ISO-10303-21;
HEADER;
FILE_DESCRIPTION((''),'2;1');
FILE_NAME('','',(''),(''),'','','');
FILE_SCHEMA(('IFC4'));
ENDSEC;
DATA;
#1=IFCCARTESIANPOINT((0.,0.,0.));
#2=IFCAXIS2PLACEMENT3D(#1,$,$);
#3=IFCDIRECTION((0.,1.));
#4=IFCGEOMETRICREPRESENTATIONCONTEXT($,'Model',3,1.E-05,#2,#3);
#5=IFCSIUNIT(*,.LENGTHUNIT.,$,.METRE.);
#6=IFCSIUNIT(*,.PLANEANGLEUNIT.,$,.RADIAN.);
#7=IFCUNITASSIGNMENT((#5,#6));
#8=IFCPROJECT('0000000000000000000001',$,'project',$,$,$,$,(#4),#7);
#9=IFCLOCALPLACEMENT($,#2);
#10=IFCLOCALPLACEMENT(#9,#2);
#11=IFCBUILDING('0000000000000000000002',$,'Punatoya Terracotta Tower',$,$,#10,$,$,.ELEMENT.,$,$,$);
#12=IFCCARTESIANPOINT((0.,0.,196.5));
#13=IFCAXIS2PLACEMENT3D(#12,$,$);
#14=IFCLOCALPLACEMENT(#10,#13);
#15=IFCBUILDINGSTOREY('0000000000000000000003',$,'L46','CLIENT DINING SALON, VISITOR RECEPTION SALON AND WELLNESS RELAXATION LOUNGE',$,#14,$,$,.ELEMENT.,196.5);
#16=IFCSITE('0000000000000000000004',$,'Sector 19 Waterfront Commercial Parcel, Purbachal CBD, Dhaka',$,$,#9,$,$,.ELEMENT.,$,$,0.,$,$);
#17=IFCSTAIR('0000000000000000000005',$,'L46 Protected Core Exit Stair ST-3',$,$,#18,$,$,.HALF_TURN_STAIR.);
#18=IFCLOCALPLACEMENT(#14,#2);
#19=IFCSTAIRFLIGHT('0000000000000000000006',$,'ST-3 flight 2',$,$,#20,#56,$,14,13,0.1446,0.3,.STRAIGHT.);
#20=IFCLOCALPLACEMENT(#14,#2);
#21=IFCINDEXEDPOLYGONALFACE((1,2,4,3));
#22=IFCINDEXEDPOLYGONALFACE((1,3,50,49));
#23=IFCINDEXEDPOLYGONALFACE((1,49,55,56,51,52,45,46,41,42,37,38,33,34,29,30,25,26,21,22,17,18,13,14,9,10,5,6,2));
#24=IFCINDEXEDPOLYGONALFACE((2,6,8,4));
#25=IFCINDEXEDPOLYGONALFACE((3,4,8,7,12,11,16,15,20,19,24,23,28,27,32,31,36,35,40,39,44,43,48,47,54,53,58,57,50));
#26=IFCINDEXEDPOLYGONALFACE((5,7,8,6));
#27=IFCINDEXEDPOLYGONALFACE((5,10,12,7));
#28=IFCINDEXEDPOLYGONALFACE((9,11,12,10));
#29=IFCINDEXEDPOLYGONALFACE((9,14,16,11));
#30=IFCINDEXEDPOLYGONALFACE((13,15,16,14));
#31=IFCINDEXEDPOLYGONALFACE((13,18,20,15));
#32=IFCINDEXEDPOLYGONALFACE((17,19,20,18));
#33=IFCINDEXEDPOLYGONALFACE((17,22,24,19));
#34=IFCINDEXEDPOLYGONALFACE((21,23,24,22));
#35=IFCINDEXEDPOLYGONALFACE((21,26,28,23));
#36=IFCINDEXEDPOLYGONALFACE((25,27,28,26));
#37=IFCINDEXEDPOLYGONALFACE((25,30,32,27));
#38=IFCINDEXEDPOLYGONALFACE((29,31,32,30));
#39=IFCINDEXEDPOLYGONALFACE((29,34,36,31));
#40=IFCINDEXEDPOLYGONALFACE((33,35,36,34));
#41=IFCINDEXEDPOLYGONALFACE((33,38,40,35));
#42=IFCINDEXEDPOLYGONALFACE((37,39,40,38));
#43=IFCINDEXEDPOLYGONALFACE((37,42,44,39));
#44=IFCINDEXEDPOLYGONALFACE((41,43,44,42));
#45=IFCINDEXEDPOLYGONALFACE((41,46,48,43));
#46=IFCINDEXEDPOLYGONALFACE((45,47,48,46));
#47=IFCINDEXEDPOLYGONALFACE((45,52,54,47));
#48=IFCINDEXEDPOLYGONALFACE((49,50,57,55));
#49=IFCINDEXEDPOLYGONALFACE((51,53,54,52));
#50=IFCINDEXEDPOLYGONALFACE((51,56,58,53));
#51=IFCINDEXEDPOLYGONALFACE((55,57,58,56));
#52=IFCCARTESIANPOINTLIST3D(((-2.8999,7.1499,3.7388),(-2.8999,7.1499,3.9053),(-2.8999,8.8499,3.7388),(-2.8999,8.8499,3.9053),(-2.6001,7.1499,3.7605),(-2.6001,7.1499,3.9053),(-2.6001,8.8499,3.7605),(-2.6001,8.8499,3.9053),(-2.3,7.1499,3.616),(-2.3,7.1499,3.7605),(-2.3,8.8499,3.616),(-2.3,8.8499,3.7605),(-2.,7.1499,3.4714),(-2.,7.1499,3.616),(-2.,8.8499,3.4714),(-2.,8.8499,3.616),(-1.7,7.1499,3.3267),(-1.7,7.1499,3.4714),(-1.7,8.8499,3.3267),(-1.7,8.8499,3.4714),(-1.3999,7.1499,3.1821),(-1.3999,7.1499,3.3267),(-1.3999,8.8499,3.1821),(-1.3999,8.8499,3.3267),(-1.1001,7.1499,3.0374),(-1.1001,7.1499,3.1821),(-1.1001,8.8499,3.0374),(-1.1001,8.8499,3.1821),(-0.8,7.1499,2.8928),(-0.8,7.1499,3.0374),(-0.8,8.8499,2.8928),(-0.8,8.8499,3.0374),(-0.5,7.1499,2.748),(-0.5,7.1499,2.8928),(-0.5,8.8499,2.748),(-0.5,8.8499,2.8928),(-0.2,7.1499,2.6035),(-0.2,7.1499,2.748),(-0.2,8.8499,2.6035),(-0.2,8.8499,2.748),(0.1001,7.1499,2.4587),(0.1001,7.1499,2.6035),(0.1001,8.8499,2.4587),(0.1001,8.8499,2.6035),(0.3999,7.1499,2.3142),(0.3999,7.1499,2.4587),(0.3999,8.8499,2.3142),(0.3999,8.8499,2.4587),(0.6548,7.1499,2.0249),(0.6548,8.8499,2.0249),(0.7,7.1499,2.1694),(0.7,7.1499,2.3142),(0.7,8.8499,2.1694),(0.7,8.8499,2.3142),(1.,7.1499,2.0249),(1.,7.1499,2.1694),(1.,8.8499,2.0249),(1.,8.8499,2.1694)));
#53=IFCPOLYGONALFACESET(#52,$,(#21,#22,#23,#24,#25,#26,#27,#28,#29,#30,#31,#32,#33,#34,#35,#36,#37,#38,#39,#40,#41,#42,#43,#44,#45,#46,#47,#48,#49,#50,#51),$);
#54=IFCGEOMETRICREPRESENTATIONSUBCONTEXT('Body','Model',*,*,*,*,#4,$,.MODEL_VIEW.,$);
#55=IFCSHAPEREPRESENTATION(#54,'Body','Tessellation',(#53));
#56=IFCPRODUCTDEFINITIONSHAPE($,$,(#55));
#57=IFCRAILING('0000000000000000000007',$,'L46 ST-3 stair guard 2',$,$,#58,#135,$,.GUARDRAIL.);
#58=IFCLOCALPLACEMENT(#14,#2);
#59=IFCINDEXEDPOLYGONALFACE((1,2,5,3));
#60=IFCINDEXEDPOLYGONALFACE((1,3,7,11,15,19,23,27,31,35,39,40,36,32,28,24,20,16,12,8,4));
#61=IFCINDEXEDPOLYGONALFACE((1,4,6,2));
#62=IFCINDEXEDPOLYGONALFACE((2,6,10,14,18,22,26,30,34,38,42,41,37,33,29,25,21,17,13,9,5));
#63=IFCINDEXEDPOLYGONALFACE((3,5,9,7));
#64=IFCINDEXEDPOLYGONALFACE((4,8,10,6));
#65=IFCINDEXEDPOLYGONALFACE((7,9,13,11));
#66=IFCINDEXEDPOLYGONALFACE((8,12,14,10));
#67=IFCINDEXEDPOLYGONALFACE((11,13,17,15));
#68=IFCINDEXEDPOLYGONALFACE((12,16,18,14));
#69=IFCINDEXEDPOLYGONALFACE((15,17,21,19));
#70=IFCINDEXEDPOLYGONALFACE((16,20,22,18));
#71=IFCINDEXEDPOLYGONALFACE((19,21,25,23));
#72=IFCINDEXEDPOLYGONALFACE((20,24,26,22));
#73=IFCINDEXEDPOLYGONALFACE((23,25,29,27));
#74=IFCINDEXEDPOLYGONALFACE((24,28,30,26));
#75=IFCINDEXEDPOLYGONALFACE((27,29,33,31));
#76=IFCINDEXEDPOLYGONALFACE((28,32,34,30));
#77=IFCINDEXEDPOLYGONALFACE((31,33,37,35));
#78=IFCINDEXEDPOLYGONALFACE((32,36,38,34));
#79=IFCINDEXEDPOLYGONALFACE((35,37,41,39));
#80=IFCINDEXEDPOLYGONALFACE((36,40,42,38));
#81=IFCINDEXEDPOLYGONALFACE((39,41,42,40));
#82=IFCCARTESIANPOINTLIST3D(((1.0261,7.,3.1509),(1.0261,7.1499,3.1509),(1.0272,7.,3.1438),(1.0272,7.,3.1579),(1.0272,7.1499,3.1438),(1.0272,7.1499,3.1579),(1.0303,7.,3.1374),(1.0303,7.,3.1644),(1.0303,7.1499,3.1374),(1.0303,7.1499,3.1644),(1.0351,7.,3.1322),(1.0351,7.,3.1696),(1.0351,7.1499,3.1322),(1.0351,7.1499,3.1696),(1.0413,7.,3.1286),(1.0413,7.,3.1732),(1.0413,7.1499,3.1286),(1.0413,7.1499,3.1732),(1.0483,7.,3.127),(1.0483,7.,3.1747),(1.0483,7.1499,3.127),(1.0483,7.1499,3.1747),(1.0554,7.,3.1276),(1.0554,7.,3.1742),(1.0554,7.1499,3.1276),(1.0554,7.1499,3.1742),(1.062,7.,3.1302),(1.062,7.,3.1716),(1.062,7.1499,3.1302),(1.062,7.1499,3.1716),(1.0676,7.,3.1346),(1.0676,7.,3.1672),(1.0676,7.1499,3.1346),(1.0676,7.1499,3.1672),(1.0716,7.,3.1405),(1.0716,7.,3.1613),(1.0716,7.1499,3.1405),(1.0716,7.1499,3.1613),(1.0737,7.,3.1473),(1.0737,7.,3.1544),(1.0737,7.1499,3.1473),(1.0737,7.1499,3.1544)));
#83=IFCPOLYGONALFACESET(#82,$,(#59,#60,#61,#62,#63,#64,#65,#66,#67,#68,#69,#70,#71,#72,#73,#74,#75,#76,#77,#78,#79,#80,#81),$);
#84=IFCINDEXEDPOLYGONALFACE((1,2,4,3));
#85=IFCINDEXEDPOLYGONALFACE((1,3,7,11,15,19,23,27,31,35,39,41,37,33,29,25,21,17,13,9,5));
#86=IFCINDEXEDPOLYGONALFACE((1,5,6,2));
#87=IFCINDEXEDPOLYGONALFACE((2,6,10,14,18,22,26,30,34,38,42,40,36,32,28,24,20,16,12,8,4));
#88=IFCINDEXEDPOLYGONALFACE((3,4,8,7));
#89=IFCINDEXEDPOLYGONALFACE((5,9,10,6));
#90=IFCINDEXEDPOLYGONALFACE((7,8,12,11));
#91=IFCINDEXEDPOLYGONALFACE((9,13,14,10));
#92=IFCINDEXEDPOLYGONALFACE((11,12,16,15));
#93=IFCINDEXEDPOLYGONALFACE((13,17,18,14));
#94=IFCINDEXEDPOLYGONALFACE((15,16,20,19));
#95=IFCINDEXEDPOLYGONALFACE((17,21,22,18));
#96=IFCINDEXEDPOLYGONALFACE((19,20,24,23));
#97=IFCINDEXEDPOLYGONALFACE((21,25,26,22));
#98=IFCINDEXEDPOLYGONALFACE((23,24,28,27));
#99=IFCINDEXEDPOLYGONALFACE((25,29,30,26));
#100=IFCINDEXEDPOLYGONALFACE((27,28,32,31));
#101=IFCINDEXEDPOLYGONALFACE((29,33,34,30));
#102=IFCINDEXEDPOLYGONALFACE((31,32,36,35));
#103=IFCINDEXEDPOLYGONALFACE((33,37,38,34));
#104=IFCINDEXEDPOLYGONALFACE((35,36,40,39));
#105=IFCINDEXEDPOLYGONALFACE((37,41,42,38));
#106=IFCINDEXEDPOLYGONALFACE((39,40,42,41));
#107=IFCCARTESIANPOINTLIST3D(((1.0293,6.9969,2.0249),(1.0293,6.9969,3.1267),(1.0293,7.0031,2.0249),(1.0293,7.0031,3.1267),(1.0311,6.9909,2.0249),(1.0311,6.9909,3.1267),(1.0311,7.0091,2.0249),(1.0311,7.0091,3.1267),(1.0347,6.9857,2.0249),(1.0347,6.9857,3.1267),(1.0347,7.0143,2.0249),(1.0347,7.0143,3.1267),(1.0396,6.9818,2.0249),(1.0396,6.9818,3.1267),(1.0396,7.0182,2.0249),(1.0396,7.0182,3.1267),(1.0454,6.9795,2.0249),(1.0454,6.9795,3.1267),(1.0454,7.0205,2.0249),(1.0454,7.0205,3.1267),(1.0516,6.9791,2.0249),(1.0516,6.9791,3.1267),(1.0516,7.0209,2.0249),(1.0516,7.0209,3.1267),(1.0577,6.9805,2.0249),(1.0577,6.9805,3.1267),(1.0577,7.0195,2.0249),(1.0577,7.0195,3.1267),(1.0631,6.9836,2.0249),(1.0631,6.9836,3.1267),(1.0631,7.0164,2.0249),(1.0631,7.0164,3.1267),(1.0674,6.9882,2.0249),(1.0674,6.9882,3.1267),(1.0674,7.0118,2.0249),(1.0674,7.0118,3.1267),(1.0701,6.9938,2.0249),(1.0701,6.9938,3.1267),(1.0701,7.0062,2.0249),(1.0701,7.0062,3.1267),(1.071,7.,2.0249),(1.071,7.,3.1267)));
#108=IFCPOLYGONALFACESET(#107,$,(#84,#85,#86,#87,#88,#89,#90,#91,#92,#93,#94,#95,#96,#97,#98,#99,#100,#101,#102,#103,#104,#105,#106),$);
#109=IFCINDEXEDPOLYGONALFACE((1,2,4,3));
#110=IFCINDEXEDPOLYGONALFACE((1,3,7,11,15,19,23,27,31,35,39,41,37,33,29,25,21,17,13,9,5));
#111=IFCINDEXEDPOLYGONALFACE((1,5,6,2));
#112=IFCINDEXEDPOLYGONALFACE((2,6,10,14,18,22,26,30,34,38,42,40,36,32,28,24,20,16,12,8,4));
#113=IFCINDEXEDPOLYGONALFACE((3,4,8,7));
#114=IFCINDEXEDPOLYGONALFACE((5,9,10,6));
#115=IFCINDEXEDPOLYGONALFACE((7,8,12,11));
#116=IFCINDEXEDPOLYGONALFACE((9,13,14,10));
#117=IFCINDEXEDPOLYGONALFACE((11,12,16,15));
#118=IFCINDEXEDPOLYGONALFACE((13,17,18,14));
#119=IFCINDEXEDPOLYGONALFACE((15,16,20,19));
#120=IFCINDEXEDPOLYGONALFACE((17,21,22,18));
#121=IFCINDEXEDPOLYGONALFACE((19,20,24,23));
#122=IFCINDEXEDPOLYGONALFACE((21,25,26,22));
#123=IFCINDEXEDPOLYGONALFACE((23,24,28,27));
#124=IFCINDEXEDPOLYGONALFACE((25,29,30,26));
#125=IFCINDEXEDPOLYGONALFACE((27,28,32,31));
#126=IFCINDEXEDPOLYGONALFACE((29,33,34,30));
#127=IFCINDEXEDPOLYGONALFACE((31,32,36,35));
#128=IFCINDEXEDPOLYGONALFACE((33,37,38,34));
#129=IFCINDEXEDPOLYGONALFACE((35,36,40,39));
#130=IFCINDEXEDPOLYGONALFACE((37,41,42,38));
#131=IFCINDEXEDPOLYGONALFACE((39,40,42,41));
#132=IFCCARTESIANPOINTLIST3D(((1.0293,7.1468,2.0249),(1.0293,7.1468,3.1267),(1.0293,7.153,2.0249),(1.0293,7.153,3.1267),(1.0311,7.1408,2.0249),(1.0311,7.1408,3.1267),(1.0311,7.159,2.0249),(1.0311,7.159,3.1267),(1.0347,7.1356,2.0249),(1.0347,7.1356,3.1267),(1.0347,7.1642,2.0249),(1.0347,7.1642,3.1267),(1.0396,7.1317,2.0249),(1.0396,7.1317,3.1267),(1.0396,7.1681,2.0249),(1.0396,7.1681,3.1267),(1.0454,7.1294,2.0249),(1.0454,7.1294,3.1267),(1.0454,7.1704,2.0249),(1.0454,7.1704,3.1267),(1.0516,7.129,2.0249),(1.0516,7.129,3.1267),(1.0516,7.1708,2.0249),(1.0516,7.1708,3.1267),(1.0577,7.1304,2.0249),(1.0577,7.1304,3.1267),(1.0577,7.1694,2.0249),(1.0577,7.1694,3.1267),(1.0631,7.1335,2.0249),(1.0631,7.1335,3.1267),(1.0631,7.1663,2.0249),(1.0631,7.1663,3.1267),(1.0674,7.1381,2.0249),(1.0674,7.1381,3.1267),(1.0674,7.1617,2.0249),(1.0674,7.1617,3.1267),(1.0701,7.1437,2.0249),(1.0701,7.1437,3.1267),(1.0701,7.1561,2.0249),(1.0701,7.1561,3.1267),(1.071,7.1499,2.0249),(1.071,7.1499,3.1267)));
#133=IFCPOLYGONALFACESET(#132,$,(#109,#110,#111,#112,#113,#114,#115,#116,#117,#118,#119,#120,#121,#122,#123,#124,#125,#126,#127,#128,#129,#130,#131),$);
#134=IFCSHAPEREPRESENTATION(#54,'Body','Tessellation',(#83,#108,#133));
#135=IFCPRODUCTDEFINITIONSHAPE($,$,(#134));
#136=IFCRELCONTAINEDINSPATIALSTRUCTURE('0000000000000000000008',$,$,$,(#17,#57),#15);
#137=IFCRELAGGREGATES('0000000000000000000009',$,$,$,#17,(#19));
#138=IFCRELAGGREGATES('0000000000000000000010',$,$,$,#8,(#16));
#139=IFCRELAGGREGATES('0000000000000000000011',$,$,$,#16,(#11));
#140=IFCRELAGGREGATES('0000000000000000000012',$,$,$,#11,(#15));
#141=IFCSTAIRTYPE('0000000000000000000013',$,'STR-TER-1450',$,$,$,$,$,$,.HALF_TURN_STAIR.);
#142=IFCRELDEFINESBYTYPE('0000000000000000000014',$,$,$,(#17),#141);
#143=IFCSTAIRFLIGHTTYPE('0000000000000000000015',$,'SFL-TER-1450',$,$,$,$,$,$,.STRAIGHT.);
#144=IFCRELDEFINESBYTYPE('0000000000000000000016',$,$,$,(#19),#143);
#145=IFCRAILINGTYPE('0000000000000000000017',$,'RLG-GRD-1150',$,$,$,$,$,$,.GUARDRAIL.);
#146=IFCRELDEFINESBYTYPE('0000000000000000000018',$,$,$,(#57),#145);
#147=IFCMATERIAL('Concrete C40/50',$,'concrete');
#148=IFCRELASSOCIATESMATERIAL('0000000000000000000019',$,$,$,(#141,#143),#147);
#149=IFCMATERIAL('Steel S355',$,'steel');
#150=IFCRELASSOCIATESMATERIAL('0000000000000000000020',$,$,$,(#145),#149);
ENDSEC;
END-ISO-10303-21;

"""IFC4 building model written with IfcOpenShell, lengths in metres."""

from ifc_helpers import new_model, si_unit, direction, frame, origin, origin_2d, place, context, subcontext, project, spatial, polyline, circle, outline, extrude, material, type_object, element, aggregate, save


model = new_model("IFC4")

# Units and contexts
model_context = context("Model", 3, precision=1e-05, world=origin(), true_north=direction((0.0, 1.0)))
body_context = subcontext(model_context, "Body", "Model", "MODEL_VIEW")
ifc_project = project(units=[si_unit("LENGTHUNIT", "METRE"), si_unit("PLANEANGLEUNIT", "RADIAN")], contexts=[model_context])

# Site, building, storey
site_placement = place(None, origin())
site = spatial("IfcSite", under=ifc_project, at=site_placement, Name="Sector 19 Waterfront Commercial Parcel, Purbachal CBD, Dhaka", CompositionType="ELEMENT", RefElevation=0.0)
building_placement = place(site_placement, origin())
building = spatial("IfcBuilding", under=site, at=building_placement, Name="Punatoya Terracotta Tower", CompositionType="ELEMENT")
storey_placement = place(building_placement, frame((0.0, 0.0, 196.5)))
storey = spatial("IfcBuildingStorey", under=building, at=storey_placement, Name="L46", Description="CLIENT DINING SALON, VISITOR RECEPTION SALON AND WELLNESS RELAXATION LOUNGE", CompositionType="ELEMENT", Elevation=196.5)

# Shared definitions
ifc_material_1 = material(Name="Steel S355", Category="steel")

# Shared definitions
ifc_material_2 = material(Name="Concrete C40/50", Category="concrete")

# Stair, stair flight
stair_type = type_object("IfcStairType", Name="STR-TER-1450", PredefinedType="HALF_TURN_STAIR", material=ifc_material_2)
stair_placement = place(storey_placement, origin())
stair = element("IfcStair", 1, at=stair_placement, inside=storey, type_object=stair_type, Name="L46 Protected Core Exit Stair ST-3", PredefinedType="HALF_TURN_STAIR")
stair_flight_type = type_object("IfcStairFlightType", Name="SFL-TER-1450", PredefinedType="STRAIGHT", material=ifc_material_2)
stair_flight_placement = place(storey_placement, frame((1.0, 8.0, 2.0249), z_axis=(0.0, 0.0, 1.0), x_axis=(-1.0, 0.0, 0.0)))
stair_flight = element("IfcStairFlight", 2, at=stair_flight_placement, type_object=stair_flight_type, Name="ST-3 flight 2", NumberOfRisers=14, NumberOfTreads=13, PredefinedType="STRAIGHT", RiserHeight=0.1446, TreadLength=0.3, context=body_context, shape_type="SweptSolid", body=[
    extrude(outline(polyline([(0.0, 0.0), (0.0, 0.1445), (0.3, 0.1445), (0.3, 0.2893), (0.6001, 0.2893), (0.6001, 0.4338), (0.8999, 0.4338), (0.8999, 0.5786), (1.2, 0.5786), (1.2, 0.7231), (1.5, 0.7231), (1.5, 0.8679), (1.8, 0.8679), (1.8, 1.0125), (2.1001, 1.0125), (2.1001, 1.1572), (2.3999, 1.1572), (2.3999, 1.3018), (2.7, 1.3018), (2.7, 1.4465), (3.0, 1.4465), (3.0, 1.5911), (3.3, 1.5911), (3.3, 1.7356), (3.6001, 1.7356), (3.6001, 1.8804), (3.8999, 1.8804), (3.8999, 2.0249), (3.8999, 1.7139), (0.3452, 0.0), (0.0, 0.0)])), frame((0.0, 0.8501, 0.0), z_axis=(0.0, -1.0, 0.0), x_axis=(1.0, 0.0, 0.0)), (0.0, 0.0, 1.0), 1.7),
])
aggregate(stair, [stair_flight])

# Railing
railing_type_1 = type_object("IfcRailingType", Name="RLG-GRD-1150", PredefinedType="GUARDRAIL", material=ifc_material_1)
railing_1_placement = place(storey_placement, frame((1.05, 7.0, 2.0249)))
element("IfcRailing", 3, at=railing_1_placement, inside=storey, type_object=railing_type_1, Name="L46 ST-3 stair guard 2", PredefinedType="GUARDRAIL", context=body_context, shape_type="SweptSolid", body=[
    extrude(circle(Radius=0.0239, at=origin_2d()), frame((0.0, 0.0, 1.126), z_axis=(0.0, 1.0, 0.0), x_axis=(-1.0, 0.0, 0.0)), (0.0, 0.0, 1.0), 0.1499),
    extrude(circle(Radius=0.021, at=origin_2d()), origin(), (0.0, 0.0, 1.0), 1.1018),
    extrude(circle(Radius=0.021, at=origin_2d()), frame((0.0, 0.1499, 0.0)), (0.0, 0.0, 1.0), 1.1018),
])

save(model, "model.ifc")
